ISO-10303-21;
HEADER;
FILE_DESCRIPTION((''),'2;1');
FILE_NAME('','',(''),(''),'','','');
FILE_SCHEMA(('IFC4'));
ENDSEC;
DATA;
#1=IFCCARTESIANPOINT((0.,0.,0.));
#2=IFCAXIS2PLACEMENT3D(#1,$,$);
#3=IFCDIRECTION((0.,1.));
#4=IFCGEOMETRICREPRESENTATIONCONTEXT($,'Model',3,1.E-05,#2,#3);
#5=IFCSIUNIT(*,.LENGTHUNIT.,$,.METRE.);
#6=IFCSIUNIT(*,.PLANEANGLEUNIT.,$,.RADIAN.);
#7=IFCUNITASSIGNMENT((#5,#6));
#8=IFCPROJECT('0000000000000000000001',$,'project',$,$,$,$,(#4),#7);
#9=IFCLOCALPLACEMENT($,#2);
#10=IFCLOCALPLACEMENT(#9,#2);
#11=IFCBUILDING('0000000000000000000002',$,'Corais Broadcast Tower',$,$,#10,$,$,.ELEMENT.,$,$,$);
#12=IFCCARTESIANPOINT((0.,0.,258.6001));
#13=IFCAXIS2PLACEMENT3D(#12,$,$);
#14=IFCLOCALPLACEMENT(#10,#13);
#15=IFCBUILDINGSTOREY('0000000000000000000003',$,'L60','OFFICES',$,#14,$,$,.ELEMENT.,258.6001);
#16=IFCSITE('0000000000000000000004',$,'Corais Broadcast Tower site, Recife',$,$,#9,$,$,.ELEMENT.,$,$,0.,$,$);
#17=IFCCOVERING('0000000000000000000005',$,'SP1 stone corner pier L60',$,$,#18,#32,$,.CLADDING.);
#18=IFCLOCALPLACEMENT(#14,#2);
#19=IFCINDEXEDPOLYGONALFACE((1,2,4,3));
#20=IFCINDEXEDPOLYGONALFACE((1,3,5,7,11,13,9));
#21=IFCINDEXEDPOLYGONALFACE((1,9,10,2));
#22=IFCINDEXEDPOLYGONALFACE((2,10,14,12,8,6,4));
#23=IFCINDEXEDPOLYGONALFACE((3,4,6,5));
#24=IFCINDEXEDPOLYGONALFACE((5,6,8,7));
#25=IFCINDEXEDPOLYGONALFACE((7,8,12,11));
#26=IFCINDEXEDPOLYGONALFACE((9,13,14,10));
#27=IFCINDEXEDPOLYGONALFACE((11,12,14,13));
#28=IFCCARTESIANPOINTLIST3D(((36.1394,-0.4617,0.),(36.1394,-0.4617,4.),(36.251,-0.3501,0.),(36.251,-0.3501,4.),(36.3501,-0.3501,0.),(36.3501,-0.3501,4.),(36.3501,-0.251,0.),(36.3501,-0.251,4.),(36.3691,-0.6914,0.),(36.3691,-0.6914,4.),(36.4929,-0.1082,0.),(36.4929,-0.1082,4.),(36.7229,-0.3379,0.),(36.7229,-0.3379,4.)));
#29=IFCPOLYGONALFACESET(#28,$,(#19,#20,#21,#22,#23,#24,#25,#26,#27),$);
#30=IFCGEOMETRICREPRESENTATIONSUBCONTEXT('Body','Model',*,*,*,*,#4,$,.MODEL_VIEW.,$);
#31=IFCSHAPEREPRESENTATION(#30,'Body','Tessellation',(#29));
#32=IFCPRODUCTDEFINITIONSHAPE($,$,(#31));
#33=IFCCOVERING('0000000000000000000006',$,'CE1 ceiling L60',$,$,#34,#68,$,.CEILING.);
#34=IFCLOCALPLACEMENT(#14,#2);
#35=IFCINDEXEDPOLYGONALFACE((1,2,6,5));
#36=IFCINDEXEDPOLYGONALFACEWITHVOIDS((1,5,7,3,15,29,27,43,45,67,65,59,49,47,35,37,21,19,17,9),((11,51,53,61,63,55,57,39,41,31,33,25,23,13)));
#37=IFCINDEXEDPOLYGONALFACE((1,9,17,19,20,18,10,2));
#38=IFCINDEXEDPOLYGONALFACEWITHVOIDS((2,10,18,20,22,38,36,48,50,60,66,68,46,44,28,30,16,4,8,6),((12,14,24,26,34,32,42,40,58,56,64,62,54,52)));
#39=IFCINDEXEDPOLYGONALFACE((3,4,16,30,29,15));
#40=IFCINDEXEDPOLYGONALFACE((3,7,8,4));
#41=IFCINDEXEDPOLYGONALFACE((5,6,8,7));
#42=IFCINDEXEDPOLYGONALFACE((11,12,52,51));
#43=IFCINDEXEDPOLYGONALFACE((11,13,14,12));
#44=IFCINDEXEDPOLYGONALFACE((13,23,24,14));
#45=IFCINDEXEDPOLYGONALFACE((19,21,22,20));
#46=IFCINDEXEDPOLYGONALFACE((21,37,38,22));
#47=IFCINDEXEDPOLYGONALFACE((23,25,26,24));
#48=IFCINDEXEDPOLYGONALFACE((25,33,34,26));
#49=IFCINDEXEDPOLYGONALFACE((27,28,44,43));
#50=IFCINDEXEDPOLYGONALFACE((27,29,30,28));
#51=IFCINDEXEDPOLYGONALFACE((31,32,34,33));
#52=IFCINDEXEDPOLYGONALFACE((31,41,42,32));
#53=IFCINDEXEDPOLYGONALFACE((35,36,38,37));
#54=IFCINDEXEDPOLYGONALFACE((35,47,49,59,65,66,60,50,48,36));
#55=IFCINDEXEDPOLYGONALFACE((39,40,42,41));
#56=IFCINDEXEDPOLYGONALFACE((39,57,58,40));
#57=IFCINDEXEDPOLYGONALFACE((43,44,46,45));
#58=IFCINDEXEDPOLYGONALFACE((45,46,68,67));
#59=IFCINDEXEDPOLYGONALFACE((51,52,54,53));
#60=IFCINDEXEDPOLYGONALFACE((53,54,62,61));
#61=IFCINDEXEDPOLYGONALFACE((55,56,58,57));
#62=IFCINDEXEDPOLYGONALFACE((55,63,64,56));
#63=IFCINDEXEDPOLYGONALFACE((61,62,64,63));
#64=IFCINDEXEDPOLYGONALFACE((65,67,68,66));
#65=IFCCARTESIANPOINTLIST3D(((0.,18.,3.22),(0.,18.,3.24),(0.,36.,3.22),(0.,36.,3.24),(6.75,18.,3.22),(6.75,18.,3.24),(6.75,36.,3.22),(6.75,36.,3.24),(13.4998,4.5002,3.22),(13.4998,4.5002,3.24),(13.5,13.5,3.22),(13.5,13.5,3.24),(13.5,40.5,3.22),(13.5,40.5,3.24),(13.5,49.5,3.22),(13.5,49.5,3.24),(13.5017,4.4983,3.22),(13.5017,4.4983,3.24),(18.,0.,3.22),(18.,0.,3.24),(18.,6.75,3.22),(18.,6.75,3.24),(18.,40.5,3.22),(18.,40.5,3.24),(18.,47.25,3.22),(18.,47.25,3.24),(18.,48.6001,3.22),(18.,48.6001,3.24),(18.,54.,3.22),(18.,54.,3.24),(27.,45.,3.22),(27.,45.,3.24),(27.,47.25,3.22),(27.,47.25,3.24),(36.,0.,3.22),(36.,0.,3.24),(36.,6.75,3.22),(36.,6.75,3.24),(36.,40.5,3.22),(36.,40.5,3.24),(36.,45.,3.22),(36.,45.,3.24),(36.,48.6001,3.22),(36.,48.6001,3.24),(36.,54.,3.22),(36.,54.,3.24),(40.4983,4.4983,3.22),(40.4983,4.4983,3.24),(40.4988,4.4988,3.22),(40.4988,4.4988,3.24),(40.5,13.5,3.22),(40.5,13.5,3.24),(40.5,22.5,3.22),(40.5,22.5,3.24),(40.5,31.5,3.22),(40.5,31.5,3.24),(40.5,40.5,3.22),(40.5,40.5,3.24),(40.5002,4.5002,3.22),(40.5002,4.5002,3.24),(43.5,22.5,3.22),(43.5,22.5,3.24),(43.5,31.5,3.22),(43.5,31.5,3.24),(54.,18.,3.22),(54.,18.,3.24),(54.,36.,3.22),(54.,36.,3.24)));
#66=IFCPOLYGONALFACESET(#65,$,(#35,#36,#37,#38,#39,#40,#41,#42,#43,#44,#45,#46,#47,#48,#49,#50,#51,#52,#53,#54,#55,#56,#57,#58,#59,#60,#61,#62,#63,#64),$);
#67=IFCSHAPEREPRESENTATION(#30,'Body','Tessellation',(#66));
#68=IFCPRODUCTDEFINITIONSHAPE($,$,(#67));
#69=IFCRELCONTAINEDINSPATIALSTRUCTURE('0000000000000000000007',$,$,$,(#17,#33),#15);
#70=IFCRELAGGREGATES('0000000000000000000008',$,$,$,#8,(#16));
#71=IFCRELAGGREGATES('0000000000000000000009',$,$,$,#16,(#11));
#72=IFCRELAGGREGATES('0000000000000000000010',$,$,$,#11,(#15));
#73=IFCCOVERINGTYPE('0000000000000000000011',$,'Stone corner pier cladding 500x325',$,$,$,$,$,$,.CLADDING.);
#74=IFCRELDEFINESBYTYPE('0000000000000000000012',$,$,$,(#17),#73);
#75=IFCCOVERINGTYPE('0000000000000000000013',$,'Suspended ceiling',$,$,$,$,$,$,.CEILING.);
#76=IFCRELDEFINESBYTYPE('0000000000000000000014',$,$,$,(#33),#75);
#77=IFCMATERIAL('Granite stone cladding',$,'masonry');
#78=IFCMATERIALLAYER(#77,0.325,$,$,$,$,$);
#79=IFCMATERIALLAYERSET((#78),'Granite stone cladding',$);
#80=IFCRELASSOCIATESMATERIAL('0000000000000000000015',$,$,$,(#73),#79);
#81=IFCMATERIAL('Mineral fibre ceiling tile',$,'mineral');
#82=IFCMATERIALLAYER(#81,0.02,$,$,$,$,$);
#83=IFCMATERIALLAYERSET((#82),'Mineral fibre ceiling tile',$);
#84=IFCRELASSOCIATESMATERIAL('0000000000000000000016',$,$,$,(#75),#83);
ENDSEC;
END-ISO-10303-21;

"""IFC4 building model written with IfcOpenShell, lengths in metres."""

from ifc_helpers import new_model, si_unit, direction, frame, origin, place, context, subcontext, project, spatial, polyline, outline, extrude, material, layer, layer_set, type_object, element, save


model = new_model("IFC4")

# Units and contexts
model_context = context("Model", 3, precision=1e-05, world=origin(), true_north=direction((0.0, 1.0)))
body_context = subcontext(model_context, "Body", "Model", "MODEL_VIEW")
ifc_project = project(units=[si_unit("LENGTHUNIT", "METRE"), si_unit("PLANEANGLEUNIT", "RADIAN")], contexts=[model_context])

# Site, building, storey
site_placement = place(None, origin())
site = spatial("IfcSite", under=ifc_project, at=site_placement, Name="Corais Broadcast Tower site, Recife", CompositionType="ELEMENT", RefElevation=0.0)
building_placement = place(site_placement, origin())
building = spatial("IfcBuilding", under=site, at=building_placement, Name="Corais Broadcast Tower", CompositionType="ELEMENT")
storey_placement = place(building_placement, frame((0.0, 0.0, 258.6001)))
storey = spatial("IfcBuildingStorey", under=building, at=storey_placement, Name="L60", Description="OFFICES", CompositionType="ELEMENT", Elevation=258.6001)

# Coverings
ifc_material_1 = material(Name="Granite stone cladding", Category="masonry")
ifc_layer_1 = layer(ifc_material_1, 0.325)
ifc_layer_set_1 = layer_set([ifc_layer_1], Name="Granite stone cladding")
covering_type_1 = type_object("IfcCoveringType", Name="Stone corner pier cladding 500x325", PredefinedType="CLADDING", material=ifc_layer_set_1)
covering_1_placement = place(storey_placement, origin())
element("IfcCovering", 1, at=covering_1_placement, inside=storey, type_object=covering_type_1, Name="SP1 stone corner pier L60", PredefinedType="CLADDING", context=body_context, shape_type="SweptSolid", body=[
    extrude(outline(polyline([(36.251, -0.3501), (36.1394, -0.4617), (36.3691, -0.6914), (36.7229, -0.3379), (36.4929, -0.1082), (36.3501, -0.251), (36.3501, -0.3501), (36.251, -0.3501)])), origin(), (0.0, 0.0, 1.0), 4.0),
])
ifc_material_2 = material(Name="Mineral fibre ceiling tile", Category="mineral")
ifc_layer_2 = layer(ifc_material_2, 0.02)
ifc_layer_set_2 = layer_set([ifc_layer_2], Name="Mineral fibre ceiling tile")
covering_type_2 = type_object("IfcCoveringType", Name="Suspended ceiling", PredefinedType="CEILING", material=ifc_layer_set_2)
covering_2_placement = place(storey_placement, frame((0.0, 0.0, 3.22)))
element("IfcCovering", 2, at=covering_2_placement, inside=storey, type_object=covering_type_2, Name="CE1 ceiling L60", PredefinedType="CEILING", context=body_context, shape_type="SweptSolid", body=[
    extrude(outline(polyline([(13.5, 49.5), (18.0, 54.0), (18.0, 48.6001), (36.0, 48.6001), (36.0, 54.0), (54.0, 36.0), (54.0, 18.0), (40.5002, 4.5002), (40.4988, 4.4988), (40.4983, 4.4983), (36.0, 0.0), (36.0, 6.75), (18.0, 6.75), (18.0, 0.0), (13.5017, 4.4983), (13.4998, 4.5002), (0.0, 18.0), (6.75, 18.0), (6.75, 36.0), (0.0, 36.0), (13.5, 49.5)]), holes=[polyline([(40.5, 40.5), (36.0, 40.5), (36.0, 45.0), (27.0, 45.0), (27.0, 47.25), (18.0, 47.25), (18.0, 40.5), (13.5, 40.5), (13.5, 13.5), (40.5, 13.5), (40.5, 22.5), (43.5, 22.5), (43.5, 31.5), (40.5, 31.5), (40.5, 40.5)])]), origin(), (0.0, 0.0, 1.0), 0.02),
])

save(model, "model.ifc")
